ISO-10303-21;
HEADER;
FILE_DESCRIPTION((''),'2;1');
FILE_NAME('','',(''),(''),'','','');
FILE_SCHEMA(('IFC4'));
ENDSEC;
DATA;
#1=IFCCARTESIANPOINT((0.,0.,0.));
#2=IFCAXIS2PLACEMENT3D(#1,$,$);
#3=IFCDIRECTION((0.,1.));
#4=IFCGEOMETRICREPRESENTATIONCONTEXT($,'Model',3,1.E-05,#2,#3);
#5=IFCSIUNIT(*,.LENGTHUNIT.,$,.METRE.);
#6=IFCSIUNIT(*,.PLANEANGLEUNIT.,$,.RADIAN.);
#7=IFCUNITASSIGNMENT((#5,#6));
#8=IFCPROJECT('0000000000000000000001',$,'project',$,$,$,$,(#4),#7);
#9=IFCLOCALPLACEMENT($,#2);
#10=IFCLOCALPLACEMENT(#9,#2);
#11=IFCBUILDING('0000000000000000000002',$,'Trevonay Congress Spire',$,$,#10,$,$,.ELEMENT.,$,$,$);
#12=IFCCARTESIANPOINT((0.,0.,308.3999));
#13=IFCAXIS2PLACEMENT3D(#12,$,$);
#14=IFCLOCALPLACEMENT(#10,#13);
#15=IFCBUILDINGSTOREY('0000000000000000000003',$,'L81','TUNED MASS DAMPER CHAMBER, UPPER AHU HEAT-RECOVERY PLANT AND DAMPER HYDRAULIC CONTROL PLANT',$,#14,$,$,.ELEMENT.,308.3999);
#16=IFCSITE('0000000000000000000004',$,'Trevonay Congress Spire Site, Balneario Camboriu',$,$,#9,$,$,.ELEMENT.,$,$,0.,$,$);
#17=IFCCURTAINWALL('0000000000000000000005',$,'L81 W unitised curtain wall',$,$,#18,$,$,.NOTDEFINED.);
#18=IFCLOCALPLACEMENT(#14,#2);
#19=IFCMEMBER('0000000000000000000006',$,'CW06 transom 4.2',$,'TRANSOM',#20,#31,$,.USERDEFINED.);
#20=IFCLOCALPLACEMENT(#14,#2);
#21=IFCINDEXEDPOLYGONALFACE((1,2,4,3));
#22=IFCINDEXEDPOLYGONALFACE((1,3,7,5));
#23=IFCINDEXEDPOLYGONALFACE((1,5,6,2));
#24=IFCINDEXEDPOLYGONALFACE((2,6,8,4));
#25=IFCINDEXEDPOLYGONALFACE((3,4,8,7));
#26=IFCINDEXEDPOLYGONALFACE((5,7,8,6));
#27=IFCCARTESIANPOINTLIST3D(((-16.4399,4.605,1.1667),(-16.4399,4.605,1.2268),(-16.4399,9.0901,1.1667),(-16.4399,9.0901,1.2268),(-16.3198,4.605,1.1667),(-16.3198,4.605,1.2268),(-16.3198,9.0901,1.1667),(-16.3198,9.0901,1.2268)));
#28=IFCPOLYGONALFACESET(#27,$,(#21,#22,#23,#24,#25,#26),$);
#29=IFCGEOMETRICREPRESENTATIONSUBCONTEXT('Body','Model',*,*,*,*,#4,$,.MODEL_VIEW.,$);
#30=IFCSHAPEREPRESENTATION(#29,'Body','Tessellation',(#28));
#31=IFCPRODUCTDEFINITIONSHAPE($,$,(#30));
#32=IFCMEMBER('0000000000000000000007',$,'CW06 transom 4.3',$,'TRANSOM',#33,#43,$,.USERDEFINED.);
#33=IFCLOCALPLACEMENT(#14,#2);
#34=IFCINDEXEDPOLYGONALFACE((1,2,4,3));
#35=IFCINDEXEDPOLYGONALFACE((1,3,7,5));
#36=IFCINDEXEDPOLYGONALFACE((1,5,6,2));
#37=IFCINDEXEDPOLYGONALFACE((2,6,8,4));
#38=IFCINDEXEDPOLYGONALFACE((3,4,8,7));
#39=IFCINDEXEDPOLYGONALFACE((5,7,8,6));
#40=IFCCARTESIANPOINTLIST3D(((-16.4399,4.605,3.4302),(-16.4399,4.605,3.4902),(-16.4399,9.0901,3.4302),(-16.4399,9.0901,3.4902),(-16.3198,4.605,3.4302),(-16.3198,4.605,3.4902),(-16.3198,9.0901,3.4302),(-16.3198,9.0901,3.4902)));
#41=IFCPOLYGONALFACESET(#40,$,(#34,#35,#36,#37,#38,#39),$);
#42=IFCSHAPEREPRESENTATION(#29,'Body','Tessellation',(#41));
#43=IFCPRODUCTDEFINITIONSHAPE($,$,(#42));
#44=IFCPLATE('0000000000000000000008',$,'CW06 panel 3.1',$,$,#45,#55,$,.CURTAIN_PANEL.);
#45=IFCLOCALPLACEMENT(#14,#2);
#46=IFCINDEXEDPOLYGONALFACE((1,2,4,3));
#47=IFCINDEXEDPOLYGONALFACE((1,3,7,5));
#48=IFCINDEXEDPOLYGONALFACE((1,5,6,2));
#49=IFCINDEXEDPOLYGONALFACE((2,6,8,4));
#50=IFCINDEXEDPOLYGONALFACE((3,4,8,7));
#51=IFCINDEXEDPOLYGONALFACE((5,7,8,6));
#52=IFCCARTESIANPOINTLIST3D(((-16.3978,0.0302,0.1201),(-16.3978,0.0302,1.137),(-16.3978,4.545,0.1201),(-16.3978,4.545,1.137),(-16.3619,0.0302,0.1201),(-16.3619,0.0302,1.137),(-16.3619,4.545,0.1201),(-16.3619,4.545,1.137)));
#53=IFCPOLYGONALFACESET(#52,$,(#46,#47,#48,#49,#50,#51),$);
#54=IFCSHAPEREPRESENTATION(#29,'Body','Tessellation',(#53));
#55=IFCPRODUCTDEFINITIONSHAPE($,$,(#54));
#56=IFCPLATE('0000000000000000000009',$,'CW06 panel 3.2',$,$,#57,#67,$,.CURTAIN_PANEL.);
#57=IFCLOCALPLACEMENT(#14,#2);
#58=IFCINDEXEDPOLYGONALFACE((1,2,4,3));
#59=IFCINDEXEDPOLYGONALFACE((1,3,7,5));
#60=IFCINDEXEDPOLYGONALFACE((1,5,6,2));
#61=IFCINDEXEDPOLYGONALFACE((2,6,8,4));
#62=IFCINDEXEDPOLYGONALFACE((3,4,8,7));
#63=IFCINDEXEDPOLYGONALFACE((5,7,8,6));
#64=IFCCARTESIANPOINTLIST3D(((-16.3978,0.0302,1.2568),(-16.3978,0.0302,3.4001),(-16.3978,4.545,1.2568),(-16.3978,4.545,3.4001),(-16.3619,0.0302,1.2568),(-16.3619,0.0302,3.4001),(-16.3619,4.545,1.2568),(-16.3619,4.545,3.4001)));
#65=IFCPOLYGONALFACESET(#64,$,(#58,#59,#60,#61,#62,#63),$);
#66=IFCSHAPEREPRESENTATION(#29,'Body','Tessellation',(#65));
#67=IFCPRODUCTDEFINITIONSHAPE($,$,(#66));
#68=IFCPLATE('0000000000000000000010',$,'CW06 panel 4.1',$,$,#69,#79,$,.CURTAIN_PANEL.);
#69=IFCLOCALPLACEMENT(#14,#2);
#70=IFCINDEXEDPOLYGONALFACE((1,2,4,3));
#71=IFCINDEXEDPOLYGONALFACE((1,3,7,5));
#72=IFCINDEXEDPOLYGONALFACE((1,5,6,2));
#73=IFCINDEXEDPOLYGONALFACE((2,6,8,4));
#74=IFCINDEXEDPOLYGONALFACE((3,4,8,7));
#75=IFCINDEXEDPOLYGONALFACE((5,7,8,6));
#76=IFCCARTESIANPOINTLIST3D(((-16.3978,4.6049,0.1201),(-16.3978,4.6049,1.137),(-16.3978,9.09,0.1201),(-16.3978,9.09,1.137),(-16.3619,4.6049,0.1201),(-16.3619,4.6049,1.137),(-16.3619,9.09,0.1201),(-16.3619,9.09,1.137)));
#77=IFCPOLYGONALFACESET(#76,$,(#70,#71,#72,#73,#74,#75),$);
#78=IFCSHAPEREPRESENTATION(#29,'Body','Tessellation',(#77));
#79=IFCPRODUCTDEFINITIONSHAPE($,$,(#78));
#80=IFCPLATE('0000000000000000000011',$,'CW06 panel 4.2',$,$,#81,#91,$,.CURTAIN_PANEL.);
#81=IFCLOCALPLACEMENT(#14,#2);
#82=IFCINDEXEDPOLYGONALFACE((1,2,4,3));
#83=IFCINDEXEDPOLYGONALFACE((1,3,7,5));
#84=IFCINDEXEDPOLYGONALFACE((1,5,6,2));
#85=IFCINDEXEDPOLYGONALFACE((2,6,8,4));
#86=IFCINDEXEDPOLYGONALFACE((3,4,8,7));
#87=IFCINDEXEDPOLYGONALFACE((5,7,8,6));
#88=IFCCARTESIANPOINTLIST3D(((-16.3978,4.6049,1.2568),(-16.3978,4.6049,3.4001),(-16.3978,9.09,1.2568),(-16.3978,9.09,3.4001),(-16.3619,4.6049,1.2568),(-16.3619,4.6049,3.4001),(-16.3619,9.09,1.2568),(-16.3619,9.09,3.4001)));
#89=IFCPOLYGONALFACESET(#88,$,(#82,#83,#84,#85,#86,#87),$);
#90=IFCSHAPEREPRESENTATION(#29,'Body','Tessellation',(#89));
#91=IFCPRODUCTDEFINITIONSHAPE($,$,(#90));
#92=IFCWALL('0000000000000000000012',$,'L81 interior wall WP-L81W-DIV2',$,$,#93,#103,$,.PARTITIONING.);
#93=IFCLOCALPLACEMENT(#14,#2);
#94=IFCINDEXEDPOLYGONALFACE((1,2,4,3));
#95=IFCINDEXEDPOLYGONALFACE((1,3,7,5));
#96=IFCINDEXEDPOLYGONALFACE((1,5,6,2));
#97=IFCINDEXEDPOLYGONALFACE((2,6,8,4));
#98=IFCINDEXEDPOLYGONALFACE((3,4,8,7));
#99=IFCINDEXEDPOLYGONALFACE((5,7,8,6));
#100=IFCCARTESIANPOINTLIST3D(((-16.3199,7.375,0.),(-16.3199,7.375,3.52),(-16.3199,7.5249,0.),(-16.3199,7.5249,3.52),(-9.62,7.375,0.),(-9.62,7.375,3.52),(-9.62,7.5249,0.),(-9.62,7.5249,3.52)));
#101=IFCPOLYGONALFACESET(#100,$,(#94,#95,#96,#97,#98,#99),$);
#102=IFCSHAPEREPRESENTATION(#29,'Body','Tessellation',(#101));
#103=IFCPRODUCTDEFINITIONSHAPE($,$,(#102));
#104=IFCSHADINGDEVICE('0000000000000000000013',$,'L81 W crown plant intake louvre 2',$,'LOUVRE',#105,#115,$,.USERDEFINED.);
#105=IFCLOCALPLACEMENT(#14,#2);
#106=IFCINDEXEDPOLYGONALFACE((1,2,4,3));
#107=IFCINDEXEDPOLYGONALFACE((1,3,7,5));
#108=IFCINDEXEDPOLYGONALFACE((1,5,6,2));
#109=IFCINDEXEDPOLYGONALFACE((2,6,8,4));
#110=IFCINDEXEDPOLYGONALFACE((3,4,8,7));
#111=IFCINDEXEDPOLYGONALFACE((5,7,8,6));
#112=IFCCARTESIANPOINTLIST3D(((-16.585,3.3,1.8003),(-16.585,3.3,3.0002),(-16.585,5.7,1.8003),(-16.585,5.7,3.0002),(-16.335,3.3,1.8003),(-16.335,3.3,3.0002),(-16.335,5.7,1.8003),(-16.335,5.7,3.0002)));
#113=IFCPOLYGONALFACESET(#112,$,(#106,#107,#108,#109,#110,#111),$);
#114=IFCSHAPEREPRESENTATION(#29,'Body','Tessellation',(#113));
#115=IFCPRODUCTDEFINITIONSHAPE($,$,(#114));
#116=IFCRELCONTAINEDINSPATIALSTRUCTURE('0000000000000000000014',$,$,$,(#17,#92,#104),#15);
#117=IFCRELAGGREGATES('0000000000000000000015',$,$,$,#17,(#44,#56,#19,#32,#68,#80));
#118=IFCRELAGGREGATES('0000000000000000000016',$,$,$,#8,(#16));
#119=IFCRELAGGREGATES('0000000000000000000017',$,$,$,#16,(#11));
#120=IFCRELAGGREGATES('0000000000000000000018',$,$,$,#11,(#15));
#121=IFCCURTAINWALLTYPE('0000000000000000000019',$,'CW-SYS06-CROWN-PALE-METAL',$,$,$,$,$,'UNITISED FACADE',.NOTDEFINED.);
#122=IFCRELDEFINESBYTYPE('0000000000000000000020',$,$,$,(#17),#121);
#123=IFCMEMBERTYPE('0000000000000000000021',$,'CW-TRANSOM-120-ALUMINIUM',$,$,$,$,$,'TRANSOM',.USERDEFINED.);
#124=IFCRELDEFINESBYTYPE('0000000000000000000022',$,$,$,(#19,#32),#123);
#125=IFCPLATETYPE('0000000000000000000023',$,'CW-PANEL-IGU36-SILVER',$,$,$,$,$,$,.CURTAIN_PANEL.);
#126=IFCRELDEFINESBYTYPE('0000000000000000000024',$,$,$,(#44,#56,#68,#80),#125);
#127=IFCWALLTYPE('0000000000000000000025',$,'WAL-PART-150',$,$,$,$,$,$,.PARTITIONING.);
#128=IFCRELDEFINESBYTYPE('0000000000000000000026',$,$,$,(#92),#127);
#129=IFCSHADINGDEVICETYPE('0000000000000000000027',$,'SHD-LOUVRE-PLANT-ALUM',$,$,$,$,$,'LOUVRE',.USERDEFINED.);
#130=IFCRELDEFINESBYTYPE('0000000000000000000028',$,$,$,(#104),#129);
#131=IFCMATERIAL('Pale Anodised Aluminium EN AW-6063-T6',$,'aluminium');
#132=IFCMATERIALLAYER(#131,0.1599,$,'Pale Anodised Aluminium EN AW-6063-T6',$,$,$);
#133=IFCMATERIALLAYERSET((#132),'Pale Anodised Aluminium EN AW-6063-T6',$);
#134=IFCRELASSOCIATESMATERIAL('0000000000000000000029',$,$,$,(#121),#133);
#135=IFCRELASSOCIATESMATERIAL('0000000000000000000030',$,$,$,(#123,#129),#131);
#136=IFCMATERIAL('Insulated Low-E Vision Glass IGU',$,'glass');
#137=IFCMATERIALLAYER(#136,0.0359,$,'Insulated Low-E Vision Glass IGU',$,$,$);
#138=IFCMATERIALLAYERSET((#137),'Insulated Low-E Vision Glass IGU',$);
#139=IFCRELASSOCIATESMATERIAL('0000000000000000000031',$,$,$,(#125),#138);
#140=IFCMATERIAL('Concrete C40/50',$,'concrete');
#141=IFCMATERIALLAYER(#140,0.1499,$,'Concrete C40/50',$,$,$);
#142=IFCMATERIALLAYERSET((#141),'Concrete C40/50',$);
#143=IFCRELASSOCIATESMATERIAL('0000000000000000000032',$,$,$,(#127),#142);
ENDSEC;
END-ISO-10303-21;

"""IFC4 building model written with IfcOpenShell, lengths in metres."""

from ifc_helpers import new_model, si_unit, direction, frame, frame_2d, origin, origin_2d, place, context, subcontext, project, spatial, rectangle, extrude, material, layer, layer_set, material_profile, profile_set, type_object, element, aggregate, save


model = new_model("IFC4")

# Units and contexts
model_context = context("Model", 3, precision=1e-05, world=origin(), true_north=direction((0.0, 1.0)))
body_context = subcontext(model_context, "Body", "Model", "MODEL_VIEW")
ifc_project = project(units=[si_unit("LENGTHUNIT", "METRE"), si_unit("PLANEANGLEUNIT", "RADIAN")], contexts=[model_context])

# Site, building, storey
site_placement = place(None, origin())
site = spatial("IfcSite", under=ifc_project, at=site_placement, Name="Trevonay Congress Spire Site, Balneario Camboriu", CompositionType="ELEMENT", RefElevation=0.0)
building_placement = place(site_placement, origin())
building = spatial("IfcBuilding", under=site, at=building_placement, Name="Trevonay Congress Spire", CompositionType="ELEMENT")
storey_placement = place(building_placement, frame((0.0, 0.0, 308.3999)))
storey = spatial("IfcBuildingStorey", under=building, at=storey_placement, Name="L81", Description="TUNED MASS DAMPER CHAMBER, UPPER AHU HEAT-RECOVERY PLANT AND DAMPER HYDRAULIC CONTROL PLANT", CompositionType="ELEMENT", Elevation=308.3999)

# Curtain wall, members, plates
ifc_material_1 = material(Name="Pale Anodised Aluminium EN AW-6063-T6", Category="aluminium")
ifc_layer_1 = layer(ifc_material_1, 0.1599, Name="Pale Anodised Aluminium EN AW-6063-T6")
ifc_layer_set_1 = layer_set([ifc_layer_1], Name="Pale Anodised Aluminium EN AW-6063-T6")
curtain_wall_type = type_object("IfcCurtainWallType", Name="CW-SYS06-CROWN-PALE-METAL", ElementType="UNITISED FACADE", PredefinedType="NOTDEFINED", material=ifc_layer_set_1)
curtain_wall_placement = place(storey_placement, origin())
curtain_wall = element("IfcCurtainWall", 1, at=curtain_wall_placement, inside=storey, type_object=curtain_wall_type, Name="L81 W unitised curtain wall", PredefinedType="NOTDEFINED")
ifc_material_profile_1 = material_profile(ifc_material_1, rectangle(XDim=0.1201, YDim=0.0601, at=origin_2d()), Name="CW-TRANSOM-120-ALUMINIUM")
ifc_profile_set_1 = profile_set([ifc_material_profile_1], Name="Pale Anodised Aluminium EN AW-6063-T6")
member_type_1 = type_object("IfcMemberType", Name="CW-TRANSOM-120-ALUMINIUM", ElementType="TRANSOM", PredefinedType="USERDEFINED", material=ifc_profile_set_1)
member_1_placement = place(storey_placement, frame((-16.3799, 4.605, 1.1968), z_axis=(0.0, 1.0, 0.0), x_axis=(-1.0, 0.0, 0.0)))
member_1 = element("IfcMember", 2, at=member_1_placement, type_object=member_type_1, Name="CW06 transom 4.2", ObjectType="TRANSOM", PredefinedType="USERDEFINED", context=body_context, shape_type="SweptSolid", body=[
    extrude(rectangle(XDim=0.1201, YDim=0.0601, at=origin_2d()), origin(), (0.0, 0.0, 1.0), 4.4851),
])
member_2_placement = place(storey_placement, frame((-16.3799, 4.605, 3.4602), z_axis=(0.0, 1.0, 0.0), x_axis=(-1.0, 0.0, 0.0)))
member_2 = element("IfcMember", 3, at=member_2_placement, type_object=member_type_1, Name="CW06 transom 4.3", ObjectType="TRANSOM", PredefinedType="USERDEFINED", context=body_context, shape_type="SweptSolid", body=[
    extrude(rectangle(XDim=0.1201, YDim=0.0601, at=origin_2d()), origin(), (0.0, 0.0, 1.0), 4.4851),
])
ifc_material_2 = material(Name="Insulated Low-E Vision Glass IGU", Category="glass")
ifc_layer_2 = layer(ifc_material_2, 0.0359, Name="Insulated Low-E Vision Glass IGU")
ifc_layer_set_2 = layer_set([ifc_layer_2], Name="Insulated Low-E Vision Glass IGU")
plate_type = type_object("IfcPlateType", Name="CW-PANEL-IGU36-SILVER", PredefinedType="CURTAIN_PANEL", material=ifc_layer_set_2)
plate_1_placement = place(storey_placement, frame((-16.3799, 2.2876, 0.1201), z_axis=(0.0, 0.0, 1.0), x_axis=(0.0, 1.0, 0.0)))
plate_1 = element("IfcPlate", 4, at=plate_1_placement, type_object=plate_type, Name="CW06 panel 3.1", PredefinedType="CURTAIN_PANEL", context=body_context, shape_type="SweptSolid", body=[
    extrude(rectangle(XDim=4.5149, YDim=0.0359, at=origin_2d()), origin(), (0.0, 0.0, 1.0), 1.0168),
])
plate_2_placement = place(storey_placement, frame((-16.3799, 2.2876, 1.2568), z_axis=(0.0, 0.0, 1.0), x_axis=(0.0, 1.0, 0.0)))
plate_2 = element("IfcPlate", 5, at=plate_2_placement, type_object=plate_type, Name="CW06 panel 3.2", PredefinedType="CURTAIN_PANEL", context=body_context, shape_type="SweptSolid", body=[
    extrude(rectangle(XDim=4.5149, YDim=0.0359, at=origin_2d()), origin(), (0.0, 0.0, 1.0), 2.1433),
])
plate_3_placement = place(storey_placement, frame((-16.3799, 6.8474, 0.1201), z_axis=(0.0, 0.0, 1.0), x_axis=(0.0, 1.0, 0.0)))
plate_3 = element("IfcPlate", 6, at=plate_3_placement, type_object=plate_type, Name="CW06 panel 4.1", PredefinedType="CURTAIN_PANEL", context=body_context, shape_type="SweptSolid", body=[
    extrude(rectangle(XDim=4.4851, YDim=0.0359, at=origin_2d()), origin(), (0.0, 0.0, 1.0), 1.0168),
])
plate_4_placement = place(storey_placement, frame((-16.3799, 6.8474, 1.2568), z_axis=(0.0, 0.0, 1.0), x_axis=(0.0, 1.0, 0.0)))
plate_4 = element("IfcPlate", 7, at=plate_4_placement, type_object=plate_type, Name="CW06 panel 4.2", PredefinedType="CURTAIN_PANEL", context=body_context, shape_type="SweptSolid", body=[
    extrude(rectangle(XDim=4.4851, YDim=0.0359, at=origin_2d()), origin(), (0.0, 0.0, 1.0), 2.1433),
])
aggregate(curtain_wall, [plate_1, plate_2, member_1, member_2, plate_3, plate_4])

# Wall
ifc_material_3 = material(Name="Concrete C40/50", Category="concrete")
ifc_layer_3 = layer(ifc_material_3, 0.1499, Name="Concrete C40/50")
ifc_layer_set_3 = layer_set([ifc_layer_3], Name="Concrete C40/50")
wall_type = type_object("IfcWallType", Name="WAL-PART-150", PredefinedType="PARTITIONING", material=ifc_layer_set_3)
wall_placement = place(storey_placement, frame((-16.3201, 7.45, 0.0), z_axis=(0.0, 0.0, 1.0), x_axis=(1.0, 0.0, 0.0)))
element("IfcWall", 8, at=wall_placement, inside=storey, type_object=wall_type, Name="L81 interior wall WP-L81W-DIV2", PredefinedType="PARTITIONING", context=body_context, shape_type="SweptSolid", body=[
    extrude(rectangle(XDim=6.7, YDim=0.1499, at=frame_2d((3.3501, 0.0))), origin(), (0.0, 0.0, 1.0), 3.52),
])

# Shading device
shading_device_type = type_object("IfcShadingDeviceType", Name="SHD-LOUVRE-PLANT-ALUM", ElementType="LOUVRE", PredefinedType="USERDEFINED", material=ifc_material_1)
shading_device_placement = place(storey_placement, frame((-16.46, 4.5, 1.8003), z_axis=(0.0, 0.0, 1.0), x_axis=(0.0, 1.0, 0.0)))
element("IfcShadingDevice", 9, at=shading_device_placement, inside=storey, type_object=shading_device_type, Name="L81 W crown plant intake louvre 2", ObjectType="LOUVRE", PredefinedType="USERDEFINED", context=body_context, shape_type="SweptSolid", body=[
    extrude(rectangle(XDim=2.3999, YDim=0.25, at=origin_2d()), origin(), (0.0, 0.0, 1.0), 1.2),
])

save(model, "model.ifc")
